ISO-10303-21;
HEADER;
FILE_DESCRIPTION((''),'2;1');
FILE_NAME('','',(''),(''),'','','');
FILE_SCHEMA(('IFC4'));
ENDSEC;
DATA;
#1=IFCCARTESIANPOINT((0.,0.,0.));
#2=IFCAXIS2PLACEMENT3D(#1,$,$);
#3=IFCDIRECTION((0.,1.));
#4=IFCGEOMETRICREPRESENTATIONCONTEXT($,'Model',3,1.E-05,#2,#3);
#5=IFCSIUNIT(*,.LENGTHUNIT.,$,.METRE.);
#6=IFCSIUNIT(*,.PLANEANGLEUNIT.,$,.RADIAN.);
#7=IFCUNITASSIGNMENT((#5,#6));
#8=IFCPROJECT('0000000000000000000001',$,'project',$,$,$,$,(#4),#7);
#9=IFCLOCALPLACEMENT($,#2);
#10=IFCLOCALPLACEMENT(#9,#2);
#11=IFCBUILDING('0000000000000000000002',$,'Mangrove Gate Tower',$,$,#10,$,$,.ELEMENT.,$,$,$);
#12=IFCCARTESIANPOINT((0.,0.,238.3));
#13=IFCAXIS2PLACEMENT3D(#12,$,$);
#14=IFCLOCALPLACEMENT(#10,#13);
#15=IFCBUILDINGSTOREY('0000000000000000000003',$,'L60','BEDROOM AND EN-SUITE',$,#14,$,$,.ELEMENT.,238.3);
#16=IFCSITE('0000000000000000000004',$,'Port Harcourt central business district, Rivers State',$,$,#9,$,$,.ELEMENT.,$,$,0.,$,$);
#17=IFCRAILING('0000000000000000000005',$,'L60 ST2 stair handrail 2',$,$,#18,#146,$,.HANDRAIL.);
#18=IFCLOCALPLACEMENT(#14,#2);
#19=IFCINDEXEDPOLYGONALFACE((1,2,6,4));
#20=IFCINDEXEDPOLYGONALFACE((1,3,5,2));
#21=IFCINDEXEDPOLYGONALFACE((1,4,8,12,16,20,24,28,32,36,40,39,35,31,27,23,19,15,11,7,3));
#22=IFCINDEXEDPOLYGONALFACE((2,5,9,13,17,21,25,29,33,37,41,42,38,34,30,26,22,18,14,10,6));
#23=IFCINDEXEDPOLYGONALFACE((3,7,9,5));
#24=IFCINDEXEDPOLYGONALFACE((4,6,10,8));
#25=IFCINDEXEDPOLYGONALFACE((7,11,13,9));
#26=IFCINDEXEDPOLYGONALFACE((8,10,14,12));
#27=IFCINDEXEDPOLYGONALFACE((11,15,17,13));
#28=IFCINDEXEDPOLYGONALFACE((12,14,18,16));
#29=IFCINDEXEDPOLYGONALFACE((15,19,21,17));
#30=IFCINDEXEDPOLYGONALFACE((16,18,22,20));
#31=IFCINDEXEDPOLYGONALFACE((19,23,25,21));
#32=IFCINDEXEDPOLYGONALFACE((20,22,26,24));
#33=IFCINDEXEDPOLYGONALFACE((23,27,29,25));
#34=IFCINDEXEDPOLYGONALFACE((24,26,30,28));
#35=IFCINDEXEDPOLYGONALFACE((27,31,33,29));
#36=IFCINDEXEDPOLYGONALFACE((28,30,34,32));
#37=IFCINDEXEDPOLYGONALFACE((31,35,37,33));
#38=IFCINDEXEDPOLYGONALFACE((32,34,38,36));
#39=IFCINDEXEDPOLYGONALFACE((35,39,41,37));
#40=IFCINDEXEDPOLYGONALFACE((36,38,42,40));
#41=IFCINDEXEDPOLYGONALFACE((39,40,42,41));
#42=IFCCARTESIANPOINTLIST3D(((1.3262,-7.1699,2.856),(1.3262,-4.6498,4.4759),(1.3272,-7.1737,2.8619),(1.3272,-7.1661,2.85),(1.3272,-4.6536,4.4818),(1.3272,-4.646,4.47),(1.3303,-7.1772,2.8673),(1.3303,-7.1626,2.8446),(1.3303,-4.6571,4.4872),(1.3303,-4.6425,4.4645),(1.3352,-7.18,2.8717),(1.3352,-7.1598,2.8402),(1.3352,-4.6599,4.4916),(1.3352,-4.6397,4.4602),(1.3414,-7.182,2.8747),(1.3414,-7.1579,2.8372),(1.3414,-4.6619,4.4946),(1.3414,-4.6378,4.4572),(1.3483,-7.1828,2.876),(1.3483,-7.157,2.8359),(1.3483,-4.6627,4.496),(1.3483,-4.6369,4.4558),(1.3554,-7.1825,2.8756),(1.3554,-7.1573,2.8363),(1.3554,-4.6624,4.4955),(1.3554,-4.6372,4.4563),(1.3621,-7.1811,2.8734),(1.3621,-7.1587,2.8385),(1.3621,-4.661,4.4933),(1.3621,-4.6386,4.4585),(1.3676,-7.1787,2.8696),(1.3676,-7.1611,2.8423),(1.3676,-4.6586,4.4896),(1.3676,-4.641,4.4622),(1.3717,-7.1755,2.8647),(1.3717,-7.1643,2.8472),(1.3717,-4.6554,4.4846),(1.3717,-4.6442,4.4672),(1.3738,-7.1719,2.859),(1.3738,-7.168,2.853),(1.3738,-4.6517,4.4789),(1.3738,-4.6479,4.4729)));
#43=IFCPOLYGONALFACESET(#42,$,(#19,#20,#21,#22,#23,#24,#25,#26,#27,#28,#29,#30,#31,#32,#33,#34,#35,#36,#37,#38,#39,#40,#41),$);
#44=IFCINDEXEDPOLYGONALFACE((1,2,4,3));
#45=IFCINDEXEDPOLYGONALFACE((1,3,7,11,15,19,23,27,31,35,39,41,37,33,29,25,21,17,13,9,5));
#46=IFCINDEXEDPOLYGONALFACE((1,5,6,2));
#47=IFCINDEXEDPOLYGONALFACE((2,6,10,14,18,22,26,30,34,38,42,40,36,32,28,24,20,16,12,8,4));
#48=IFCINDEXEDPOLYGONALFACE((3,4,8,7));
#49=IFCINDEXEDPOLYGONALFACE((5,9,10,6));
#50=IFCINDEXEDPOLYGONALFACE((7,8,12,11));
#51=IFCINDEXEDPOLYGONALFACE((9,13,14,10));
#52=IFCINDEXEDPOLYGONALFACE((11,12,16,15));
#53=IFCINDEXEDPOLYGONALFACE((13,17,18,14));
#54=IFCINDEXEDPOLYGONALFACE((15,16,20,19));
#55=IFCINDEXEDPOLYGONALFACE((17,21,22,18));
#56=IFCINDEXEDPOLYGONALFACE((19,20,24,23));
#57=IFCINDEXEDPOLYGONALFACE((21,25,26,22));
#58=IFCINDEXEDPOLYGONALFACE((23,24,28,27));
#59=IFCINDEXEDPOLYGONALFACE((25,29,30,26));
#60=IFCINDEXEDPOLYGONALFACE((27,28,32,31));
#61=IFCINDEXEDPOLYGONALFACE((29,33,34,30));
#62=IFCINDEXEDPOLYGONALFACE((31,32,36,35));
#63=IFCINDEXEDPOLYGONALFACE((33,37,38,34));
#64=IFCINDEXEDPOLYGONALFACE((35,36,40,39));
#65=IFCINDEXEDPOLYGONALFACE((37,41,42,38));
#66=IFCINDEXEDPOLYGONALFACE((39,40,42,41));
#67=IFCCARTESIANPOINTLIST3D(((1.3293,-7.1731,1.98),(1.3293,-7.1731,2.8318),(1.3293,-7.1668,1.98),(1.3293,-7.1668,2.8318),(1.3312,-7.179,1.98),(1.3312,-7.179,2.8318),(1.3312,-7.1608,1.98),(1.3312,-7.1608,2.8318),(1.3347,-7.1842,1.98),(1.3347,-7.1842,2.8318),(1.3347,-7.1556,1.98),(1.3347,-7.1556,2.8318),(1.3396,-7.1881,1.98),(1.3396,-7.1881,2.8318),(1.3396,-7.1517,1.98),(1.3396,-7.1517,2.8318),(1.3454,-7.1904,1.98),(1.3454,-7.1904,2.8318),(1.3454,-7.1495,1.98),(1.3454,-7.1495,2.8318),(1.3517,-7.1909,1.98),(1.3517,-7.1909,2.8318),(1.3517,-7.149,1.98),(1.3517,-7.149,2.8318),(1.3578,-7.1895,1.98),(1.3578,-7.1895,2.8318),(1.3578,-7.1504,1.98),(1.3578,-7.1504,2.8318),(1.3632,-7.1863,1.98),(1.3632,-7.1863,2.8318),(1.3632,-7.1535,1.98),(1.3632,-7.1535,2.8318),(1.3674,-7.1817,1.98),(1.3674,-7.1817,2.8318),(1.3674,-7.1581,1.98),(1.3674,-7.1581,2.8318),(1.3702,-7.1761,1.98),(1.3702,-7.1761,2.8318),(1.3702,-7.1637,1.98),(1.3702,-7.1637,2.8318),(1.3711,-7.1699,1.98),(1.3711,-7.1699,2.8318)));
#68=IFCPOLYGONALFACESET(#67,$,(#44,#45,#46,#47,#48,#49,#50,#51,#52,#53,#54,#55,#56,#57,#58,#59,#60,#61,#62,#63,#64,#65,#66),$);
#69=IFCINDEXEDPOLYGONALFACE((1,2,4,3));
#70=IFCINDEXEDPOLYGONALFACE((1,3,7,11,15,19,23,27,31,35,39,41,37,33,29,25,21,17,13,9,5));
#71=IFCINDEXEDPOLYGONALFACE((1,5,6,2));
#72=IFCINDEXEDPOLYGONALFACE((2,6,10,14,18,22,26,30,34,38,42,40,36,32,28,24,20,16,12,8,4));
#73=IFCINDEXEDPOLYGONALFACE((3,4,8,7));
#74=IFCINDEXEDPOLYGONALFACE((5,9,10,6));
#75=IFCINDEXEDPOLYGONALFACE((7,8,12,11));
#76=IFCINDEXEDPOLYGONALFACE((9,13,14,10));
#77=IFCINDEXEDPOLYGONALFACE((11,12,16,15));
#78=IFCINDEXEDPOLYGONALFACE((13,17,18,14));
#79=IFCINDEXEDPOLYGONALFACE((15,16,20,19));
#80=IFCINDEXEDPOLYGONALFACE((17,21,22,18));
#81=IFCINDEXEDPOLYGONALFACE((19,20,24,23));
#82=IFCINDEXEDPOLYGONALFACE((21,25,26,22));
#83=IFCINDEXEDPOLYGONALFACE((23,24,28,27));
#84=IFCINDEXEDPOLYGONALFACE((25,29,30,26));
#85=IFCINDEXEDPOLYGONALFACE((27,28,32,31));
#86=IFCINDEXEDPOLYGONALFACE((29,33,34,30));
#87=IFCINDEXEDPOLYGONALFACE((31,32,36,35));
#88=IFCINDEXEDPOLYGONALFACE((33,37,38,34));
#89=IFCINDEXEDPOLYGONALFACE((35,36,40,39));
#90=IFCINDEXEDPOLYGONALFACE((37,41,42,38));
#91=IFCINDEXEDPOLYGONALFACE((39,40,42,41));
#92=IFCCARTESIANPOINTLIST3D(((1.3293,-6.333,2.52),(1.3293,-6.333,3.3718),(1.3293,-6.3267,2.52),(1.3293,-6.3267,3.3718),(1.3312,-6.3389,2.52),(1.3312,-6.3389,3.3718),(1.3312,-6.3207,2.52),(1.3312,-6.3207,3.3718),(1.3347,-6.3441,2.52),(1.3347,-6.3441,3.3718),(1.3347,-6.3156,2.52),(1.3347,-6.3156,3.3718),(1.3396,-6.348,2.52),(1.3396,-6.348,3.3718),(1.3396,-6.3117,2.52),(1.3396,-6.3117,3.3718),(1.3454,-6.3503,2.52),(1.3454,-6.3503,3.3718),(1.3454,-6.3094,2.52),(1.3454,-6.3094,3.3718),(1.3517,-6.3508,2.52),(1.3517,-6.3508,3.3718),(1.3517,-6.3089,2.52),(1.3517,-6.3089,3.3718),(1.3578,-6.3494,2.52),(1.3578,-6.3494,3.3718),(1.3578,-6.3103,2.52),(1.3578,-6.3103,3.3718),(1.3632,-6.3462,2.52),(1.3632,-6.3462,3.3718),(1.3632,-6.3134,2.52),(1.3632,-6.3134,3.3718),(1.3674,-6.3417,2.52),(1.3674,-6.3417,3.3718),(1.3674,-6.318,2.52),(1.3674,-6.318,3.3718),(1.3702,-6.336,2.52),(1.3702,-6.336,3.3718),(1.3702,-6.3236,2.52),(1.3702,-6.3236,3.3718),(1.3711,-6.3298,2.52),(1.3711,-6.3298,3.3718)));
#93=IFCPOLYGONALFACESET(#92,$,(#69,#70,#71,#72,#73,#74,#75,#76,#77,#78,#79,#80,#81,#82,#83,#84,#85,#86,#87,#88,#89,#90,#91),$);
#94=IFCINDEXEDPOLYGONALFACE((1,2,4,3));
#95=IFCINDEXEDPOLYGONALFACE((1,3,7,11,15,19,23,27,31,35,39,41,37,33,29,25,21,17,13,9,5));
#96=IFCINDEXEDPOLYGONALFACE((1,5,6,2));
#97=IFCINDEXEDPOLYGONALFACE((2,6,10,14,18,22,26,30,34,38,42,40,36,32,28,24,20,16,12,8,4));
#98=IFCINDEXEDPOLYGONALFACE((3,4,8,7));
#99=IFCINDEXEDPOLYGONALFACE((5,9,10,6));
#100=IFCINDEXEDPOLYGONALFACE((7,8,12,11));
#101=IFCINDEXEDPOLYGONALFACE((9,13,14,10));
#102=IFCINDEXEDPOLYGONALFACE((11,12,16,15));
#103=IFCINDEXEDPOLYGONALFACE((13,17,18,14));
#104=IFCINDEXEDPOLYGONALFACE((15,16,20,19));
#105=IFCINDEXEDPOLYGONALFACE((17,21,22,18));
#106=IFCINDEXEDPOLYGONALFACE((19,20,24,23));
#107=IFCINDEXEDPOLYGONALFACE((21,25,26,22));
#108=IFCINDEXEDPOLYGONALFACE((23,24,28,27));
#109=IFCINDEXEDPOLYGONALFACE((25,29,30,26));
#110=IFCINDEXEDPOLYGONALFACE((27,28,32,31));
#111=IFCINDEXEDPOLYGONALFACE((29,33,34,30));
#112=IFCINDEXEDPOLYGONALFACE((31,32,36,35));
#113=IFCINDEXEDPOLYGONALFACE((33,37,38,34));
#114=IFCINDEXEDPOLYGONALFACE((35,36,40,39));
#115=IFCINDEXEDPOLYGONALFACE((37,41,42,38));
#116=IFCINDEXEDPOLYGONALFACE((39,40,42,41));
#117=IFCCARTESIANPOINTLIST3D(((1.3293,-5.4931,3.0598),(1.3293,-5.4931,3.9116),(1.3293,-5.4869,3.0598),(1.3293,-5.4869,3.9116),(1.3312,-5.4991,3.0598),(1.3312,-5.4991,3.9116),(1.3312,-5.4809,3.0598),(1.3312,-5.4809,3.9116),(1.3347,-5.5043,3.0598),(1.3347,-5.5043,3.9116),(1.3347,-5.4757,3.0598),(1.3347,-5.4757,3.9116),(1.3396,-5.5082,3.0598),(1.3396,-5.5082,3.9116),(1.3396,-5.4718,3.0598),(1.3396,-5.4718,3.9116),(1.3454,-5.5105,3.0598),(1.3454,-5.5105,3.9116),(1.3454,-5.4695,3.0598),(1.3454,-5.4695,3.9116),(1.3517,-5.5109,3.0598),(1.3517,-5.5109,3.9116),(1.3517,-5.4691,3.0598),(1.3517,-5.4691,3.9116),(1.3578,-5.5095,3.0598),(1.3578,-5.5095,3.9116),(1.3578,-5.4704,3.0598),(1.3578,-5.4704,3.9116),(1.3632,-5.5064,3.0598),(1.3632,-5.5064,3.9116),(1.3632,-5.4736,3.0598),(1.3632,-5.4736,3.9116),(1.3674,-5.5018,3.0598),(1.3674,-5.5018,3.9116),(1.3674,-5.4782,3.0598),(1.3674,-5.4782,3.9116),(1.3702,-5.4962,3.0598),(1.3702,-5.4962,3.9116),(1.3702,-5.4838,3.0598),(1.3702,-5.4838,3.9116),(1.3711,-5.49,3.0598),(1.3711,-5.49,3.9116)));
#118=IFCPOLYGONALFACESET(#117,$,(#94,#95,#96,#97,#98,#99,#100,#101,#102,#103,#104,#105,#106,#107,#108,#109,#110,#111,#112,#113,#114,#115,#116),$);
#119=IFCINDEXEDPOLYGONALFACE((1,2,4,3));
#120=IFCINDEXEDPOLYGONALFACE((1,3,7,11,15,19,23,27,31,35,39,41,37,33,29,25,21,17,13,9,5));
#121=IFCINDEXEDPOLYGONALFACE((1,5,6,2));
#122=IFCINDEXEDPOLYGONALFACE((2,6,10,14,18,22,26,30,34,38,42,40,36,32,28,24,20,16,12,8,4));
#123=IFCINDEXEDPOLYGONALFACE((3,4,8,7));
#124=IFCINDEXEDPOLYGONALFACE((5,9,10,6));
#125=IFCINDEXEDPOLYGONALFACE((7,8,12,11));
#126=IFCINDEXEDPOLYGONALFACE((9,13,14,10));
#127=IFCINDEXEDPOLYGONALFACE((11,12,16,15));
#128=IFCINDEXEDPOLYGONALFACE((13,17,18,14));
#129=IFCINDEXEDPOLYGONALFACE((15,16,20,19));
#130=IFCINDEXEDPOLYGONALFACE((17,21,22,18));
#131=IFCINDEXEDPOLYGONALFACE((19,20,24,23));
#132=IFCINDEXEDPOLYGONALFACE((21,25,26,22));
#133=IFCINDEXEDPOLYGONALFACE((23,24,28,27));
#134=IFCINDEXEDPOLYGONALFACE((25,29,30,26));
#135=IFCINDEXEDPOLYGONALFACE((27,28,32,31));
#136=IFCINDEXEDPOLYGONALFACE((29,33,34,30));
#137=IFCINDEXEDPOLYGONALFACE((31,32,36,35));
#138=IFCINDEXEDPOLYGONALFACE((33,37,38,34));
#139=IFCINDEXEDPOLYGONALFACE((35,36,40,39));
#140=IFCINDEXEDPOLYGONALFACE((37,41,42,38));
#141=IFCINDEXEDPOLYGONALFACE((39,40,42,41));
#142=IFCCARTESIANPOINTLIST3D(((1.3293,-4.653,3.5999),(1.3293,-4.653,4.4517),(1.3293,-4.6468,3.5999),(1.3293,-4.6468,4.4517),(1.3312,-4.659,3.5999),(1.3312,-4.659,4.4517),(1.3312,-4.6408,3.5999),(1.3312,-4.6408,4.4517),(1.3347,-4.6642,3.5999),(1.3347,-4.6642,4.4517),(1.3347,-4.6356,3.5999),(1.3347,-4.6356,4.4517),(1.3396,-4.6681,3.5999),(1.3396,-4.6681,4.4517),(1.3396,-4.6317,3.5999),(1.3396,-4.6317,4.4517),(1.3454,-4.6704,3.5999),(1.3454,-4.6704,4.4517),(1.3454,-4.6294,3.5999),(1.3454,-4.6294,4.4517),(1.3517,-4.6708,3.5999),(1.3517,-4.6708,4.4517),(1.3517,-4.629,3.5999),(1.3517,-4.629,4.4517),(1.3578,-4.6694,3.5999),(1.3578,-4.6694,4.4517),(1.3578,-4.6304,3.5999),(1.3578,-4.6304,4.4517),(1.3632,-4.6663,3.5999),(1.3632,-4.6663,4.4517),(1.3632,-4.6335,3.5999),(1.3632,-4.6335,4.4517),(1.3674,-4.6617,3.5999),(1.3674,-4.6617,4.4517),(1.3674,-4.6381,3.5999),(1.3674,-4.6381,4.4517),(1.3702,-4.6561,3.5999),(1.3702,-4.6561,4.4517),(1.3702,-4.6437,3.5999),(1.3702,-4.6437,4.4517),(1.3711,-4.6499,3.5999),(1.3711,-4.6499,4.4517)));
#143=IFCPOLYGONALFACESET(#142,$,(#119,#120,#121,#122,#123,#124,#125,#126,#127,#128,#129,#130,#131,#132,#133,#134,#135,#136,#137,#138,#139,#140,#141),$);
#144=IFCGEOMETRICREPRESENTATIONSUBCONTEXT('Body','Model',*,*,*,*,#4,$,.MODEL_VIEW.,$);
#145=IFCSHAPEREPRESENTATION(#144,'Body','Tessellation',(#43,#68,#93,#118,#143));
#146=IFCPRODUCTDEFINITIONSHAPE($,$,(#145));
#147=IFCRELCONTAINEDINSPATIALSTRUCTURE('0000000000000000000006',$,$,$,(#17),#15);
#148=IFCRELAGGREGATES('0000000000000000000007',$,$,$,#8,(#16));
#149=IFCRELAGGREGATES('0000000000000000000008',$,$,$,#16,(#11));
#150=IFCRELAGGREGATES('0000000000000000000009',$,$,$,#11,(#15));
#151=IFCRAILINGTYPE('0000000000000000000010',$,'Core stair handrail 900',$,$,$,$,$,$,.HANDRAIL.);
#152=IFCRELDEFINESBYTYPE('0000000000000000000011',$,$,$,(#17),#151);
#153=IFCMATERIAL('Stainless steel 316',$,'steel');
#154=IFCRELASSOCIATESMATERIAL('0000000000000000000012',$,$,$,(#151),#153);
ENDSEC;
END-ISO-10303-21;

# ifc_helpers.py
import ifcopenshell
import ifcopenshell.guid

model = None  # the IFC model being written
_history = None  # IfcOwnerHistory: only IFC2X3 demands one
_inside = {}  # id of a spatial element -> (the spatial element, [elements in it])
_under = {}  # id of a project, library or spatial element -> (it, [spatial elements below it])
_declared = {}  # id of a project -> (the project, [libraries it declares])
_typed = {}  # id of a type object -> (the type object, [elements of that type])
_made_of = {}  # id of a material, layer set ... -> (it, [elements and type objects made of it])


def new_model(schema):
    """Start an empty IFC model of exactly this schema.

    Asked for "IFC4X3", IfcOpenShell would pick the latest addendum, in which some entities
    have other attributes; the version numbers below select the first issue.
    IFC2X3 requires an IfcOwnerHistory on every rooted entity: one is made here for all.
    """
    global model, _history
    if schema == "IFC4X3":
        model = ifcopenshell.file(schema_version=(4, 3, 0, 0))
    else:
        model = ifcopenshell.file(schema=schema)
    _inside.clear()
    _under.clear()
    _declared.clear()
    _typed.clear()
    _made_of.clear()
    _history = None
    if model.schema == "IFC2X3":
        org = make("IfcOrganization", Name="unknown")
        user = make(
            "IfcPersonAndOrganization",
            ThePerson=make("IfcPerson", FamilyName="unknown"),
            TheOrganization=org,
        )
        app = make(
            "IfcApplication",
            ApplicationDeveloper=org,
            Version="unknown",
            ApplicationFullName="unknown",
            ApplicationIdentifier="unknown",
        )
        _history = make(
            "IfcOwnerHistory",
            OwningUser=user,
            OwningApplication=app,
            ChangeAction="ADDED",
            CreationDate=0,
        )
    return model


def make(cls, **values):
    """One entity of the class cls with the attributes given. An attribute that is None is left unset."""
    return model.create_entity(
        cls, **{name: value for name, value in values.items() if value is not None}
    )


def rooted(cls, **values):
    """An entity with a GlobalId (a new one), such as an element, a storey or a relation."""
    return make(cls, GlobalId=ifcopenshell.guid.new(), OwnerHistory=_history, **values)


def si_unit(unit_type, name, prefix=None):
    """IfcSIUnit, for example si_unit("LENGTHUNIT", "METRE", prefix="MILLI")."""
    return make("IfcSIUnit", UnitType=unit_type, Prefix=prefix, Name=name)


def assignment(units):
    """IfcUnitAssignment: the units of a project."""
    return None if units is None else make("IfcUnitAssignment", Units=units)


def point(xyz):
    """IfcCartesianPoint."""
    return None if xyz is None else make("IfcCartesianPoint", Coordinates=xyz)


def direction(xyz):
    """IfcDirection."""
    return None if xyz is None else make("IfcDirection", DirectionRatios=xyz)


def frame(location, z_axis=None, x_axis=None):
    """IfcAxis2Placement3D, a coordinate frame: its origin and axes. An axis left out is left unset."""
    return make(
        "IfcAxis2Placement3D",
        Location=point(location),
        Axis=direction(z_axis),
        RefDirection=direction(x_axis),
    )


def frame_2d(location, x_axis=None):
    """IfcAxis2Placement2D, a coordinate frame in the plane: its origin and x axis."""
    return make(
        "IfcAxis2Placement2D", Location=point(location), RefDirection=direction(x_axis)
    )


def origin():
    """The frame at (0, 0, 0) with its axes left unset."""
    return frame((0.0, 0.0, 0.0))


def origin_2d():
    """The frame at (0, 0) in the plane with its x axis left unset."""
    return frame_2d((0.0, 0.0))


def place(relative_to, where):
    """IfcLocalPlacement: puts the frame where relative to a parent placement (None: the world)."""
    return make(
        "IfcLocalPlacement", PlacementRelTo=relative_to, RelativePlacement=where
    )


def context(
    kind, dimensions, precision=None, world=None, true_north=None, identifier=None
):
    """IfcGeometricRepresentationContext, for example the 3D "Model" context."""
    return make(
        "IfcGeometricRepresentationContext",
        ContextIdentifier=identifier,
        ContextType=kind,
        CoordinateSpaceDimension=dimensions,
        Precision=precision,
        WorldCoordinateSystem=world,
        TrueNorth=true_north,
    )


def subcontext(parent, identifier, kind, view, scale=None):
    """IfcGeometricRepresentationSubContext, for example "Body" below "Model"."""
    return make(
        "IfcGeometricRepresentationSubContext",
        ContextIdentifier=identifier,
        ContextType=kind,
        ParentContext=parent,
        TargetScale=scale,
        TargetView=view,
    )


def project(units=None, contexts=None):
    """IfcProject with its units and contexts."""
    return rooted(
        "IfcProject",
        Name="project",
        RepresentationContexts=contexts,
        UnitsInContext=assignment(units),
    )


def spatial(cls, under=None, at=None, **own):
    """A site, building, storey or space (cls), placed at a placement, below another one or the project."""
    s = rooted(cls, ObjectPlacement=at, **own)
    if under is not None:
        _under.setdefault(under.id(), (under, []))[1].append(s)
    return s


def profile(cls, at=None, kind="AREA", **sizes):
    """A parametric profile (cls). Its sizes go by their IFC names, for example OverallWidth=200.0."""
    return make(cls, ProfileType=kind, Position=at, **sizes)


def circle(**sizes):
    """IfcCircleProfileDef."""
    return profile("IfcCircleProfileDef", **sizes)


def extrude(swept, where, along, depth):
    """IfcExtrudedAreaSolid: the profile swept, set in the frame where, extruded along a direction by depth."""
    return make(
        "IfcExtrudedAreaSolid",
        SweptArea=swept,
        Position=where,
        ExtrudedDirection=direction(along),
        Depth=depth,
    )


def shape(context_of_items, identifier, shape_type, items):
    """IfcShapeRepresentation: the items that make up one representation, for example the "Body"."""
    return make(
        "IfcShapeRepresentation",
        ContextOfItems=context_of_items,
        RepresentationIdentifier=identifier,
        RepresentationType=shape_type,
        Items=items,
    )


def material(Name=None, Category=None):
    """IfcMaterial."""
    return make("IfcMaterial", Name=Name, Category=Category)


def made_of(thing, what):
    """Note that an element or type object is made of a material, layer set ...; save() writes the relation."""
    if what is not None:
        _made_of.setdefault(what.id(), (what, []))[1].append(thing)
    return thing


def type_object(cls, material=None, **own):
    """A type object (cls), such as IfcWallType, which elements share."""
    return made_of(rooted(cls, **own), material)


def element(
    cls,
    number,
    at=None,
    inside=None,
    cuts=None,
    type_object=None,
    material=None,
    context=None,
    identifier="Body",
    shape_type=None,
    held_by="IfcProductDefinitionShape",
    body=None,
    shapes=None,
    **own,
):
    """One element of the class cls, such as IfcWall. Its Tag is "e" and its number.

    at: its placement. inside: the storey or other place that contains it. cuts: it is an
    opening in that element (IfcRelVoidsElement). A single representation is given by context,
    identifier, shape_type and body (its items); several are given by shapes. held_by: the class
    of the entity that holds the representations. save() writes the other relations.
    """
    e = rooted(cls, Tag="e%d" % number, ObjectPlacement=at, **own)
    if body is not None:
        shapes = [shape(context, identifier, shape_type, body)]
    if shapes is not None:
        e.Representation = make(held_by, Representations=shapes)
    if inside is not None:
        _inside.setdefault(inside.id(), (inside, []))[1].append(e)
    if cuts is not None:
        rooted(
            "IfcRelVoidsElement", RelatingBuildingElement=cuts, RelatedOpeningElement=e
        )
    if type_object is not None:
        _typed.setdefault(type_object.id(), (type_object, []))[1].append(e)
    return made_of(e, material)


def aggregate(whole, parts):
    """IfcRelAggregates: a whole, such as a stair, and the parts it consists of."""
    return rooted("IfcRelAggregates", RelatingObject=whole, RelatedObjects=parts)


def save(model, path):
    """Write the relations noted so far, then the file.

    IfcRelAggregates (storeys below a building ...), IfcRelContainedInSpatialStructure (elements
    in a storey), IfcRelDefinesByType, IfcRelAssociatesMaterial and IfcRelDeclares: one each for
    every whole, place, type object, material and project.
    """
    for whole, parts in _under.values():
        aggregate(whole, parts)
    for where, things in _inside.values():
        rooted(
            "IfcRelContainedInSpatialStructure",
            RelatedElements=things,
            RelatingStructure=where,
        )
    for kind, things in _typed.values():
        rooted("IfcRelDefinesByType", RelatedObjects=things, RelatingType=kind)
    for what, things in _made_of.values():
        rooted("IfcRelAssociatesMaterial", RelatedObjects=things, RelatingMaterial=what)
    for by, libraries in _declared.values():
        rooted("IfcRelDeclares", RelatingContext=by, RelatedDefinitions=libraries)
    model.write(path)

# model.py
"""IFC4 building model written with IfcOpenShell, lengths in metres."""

from ifc_helpers import new_model, si_unit, direction, frame, origin, origin_2d, place, context, subcontext, project, spatial, circle, extrude, material, type_object, element, save


model = new_model("IFC4")

# Units and contexts
model_context = context("Model", 3, precision=1e-05, world=origin(), true_north=direction((0.0, 1.0)))
body_context = subcontext(model_context, "Body", "Model", "MODEL_VIEW")
ifc_project = project(units=[si_unit("LENGTHUNIT", "METRE"), si_unit("PLANEANGLEUNIT", "RADIAN")], contexts=[model_context])

# Site, building, storey
site_placement = place(None, origin())
site = spatial("IfcSite", under=ifc_project, at=site_placement, Name="Port Harcourt central business district, Rivers State", CompositionType="ELEMENT", RefElevation=0.0)
building_placement = place(site_placement, origin())
building = spatial("IfcBuilding", under=site, at=building_placement, Name="Mangrove Gate Tower", CompositionType="ELEMENT")
storey_placement = place(building_placement, frame((0.0, 0.0, 238.3)))
storey = spatial("IfcBuildingStorey", under=building, at=storey_placement, Name="L60", Description="BEDROOM AND EN-SUITE", CompositionType="ELEMENT", Elevation=238.3)

# Railing
ifc_material_1 = material(Name="Stainless steel 316", Category="steel")
railing_type_1 = type_object("IfcRailingType", Name="Core stair handrail 900", PredefinedType="HANDRAIL", material=ifc_material_1)
railing_1_placement = place(storey_placement, frame((1.3501, -7.1699, 1.98)))
element("IfcRailing", 1, at=railing_1_placement, inside=storey, type_object=railing_type_1, Name="L60 ST2 stair handrail 2", PredefinedType="HANDRAIL", context=body_context, shape_type="SweptSolid", body=[
    extrude(circle(Radius=0.0239, at=origin_2d()), frame((0.0, 0.0, 0.876), z_axis=(0.0, 0.8412, 0.540725), x_axis=(-1.0, 0.0, 0.0)), (0.0, 0.0, 1.0), 2.9958),
    extrude(circle(Radius=0.021, at=origin_2d()), origin(), (0.0, 0.0, 1.0), 0.8518),
    extrude(circle(Radius=0.021, at=origin_2d()), frame((0.0, 0.8401, 0.54)), (0.0, 0.0, 1.0), 0.8518),
    extrude(circle(Radius=0.021, at=origin_2d()), frame((0.0, 1.6799, 1.0798)), (0.0, 0.0, 1.0), 0.8518),
    extrude(circle(Radius=0.021, at=origin_2d()), frame((0.0, 2.52, 1.6199)), (0.0, 0.0, 1.0), 0.8518),
])

save(model, "model.ifc")
